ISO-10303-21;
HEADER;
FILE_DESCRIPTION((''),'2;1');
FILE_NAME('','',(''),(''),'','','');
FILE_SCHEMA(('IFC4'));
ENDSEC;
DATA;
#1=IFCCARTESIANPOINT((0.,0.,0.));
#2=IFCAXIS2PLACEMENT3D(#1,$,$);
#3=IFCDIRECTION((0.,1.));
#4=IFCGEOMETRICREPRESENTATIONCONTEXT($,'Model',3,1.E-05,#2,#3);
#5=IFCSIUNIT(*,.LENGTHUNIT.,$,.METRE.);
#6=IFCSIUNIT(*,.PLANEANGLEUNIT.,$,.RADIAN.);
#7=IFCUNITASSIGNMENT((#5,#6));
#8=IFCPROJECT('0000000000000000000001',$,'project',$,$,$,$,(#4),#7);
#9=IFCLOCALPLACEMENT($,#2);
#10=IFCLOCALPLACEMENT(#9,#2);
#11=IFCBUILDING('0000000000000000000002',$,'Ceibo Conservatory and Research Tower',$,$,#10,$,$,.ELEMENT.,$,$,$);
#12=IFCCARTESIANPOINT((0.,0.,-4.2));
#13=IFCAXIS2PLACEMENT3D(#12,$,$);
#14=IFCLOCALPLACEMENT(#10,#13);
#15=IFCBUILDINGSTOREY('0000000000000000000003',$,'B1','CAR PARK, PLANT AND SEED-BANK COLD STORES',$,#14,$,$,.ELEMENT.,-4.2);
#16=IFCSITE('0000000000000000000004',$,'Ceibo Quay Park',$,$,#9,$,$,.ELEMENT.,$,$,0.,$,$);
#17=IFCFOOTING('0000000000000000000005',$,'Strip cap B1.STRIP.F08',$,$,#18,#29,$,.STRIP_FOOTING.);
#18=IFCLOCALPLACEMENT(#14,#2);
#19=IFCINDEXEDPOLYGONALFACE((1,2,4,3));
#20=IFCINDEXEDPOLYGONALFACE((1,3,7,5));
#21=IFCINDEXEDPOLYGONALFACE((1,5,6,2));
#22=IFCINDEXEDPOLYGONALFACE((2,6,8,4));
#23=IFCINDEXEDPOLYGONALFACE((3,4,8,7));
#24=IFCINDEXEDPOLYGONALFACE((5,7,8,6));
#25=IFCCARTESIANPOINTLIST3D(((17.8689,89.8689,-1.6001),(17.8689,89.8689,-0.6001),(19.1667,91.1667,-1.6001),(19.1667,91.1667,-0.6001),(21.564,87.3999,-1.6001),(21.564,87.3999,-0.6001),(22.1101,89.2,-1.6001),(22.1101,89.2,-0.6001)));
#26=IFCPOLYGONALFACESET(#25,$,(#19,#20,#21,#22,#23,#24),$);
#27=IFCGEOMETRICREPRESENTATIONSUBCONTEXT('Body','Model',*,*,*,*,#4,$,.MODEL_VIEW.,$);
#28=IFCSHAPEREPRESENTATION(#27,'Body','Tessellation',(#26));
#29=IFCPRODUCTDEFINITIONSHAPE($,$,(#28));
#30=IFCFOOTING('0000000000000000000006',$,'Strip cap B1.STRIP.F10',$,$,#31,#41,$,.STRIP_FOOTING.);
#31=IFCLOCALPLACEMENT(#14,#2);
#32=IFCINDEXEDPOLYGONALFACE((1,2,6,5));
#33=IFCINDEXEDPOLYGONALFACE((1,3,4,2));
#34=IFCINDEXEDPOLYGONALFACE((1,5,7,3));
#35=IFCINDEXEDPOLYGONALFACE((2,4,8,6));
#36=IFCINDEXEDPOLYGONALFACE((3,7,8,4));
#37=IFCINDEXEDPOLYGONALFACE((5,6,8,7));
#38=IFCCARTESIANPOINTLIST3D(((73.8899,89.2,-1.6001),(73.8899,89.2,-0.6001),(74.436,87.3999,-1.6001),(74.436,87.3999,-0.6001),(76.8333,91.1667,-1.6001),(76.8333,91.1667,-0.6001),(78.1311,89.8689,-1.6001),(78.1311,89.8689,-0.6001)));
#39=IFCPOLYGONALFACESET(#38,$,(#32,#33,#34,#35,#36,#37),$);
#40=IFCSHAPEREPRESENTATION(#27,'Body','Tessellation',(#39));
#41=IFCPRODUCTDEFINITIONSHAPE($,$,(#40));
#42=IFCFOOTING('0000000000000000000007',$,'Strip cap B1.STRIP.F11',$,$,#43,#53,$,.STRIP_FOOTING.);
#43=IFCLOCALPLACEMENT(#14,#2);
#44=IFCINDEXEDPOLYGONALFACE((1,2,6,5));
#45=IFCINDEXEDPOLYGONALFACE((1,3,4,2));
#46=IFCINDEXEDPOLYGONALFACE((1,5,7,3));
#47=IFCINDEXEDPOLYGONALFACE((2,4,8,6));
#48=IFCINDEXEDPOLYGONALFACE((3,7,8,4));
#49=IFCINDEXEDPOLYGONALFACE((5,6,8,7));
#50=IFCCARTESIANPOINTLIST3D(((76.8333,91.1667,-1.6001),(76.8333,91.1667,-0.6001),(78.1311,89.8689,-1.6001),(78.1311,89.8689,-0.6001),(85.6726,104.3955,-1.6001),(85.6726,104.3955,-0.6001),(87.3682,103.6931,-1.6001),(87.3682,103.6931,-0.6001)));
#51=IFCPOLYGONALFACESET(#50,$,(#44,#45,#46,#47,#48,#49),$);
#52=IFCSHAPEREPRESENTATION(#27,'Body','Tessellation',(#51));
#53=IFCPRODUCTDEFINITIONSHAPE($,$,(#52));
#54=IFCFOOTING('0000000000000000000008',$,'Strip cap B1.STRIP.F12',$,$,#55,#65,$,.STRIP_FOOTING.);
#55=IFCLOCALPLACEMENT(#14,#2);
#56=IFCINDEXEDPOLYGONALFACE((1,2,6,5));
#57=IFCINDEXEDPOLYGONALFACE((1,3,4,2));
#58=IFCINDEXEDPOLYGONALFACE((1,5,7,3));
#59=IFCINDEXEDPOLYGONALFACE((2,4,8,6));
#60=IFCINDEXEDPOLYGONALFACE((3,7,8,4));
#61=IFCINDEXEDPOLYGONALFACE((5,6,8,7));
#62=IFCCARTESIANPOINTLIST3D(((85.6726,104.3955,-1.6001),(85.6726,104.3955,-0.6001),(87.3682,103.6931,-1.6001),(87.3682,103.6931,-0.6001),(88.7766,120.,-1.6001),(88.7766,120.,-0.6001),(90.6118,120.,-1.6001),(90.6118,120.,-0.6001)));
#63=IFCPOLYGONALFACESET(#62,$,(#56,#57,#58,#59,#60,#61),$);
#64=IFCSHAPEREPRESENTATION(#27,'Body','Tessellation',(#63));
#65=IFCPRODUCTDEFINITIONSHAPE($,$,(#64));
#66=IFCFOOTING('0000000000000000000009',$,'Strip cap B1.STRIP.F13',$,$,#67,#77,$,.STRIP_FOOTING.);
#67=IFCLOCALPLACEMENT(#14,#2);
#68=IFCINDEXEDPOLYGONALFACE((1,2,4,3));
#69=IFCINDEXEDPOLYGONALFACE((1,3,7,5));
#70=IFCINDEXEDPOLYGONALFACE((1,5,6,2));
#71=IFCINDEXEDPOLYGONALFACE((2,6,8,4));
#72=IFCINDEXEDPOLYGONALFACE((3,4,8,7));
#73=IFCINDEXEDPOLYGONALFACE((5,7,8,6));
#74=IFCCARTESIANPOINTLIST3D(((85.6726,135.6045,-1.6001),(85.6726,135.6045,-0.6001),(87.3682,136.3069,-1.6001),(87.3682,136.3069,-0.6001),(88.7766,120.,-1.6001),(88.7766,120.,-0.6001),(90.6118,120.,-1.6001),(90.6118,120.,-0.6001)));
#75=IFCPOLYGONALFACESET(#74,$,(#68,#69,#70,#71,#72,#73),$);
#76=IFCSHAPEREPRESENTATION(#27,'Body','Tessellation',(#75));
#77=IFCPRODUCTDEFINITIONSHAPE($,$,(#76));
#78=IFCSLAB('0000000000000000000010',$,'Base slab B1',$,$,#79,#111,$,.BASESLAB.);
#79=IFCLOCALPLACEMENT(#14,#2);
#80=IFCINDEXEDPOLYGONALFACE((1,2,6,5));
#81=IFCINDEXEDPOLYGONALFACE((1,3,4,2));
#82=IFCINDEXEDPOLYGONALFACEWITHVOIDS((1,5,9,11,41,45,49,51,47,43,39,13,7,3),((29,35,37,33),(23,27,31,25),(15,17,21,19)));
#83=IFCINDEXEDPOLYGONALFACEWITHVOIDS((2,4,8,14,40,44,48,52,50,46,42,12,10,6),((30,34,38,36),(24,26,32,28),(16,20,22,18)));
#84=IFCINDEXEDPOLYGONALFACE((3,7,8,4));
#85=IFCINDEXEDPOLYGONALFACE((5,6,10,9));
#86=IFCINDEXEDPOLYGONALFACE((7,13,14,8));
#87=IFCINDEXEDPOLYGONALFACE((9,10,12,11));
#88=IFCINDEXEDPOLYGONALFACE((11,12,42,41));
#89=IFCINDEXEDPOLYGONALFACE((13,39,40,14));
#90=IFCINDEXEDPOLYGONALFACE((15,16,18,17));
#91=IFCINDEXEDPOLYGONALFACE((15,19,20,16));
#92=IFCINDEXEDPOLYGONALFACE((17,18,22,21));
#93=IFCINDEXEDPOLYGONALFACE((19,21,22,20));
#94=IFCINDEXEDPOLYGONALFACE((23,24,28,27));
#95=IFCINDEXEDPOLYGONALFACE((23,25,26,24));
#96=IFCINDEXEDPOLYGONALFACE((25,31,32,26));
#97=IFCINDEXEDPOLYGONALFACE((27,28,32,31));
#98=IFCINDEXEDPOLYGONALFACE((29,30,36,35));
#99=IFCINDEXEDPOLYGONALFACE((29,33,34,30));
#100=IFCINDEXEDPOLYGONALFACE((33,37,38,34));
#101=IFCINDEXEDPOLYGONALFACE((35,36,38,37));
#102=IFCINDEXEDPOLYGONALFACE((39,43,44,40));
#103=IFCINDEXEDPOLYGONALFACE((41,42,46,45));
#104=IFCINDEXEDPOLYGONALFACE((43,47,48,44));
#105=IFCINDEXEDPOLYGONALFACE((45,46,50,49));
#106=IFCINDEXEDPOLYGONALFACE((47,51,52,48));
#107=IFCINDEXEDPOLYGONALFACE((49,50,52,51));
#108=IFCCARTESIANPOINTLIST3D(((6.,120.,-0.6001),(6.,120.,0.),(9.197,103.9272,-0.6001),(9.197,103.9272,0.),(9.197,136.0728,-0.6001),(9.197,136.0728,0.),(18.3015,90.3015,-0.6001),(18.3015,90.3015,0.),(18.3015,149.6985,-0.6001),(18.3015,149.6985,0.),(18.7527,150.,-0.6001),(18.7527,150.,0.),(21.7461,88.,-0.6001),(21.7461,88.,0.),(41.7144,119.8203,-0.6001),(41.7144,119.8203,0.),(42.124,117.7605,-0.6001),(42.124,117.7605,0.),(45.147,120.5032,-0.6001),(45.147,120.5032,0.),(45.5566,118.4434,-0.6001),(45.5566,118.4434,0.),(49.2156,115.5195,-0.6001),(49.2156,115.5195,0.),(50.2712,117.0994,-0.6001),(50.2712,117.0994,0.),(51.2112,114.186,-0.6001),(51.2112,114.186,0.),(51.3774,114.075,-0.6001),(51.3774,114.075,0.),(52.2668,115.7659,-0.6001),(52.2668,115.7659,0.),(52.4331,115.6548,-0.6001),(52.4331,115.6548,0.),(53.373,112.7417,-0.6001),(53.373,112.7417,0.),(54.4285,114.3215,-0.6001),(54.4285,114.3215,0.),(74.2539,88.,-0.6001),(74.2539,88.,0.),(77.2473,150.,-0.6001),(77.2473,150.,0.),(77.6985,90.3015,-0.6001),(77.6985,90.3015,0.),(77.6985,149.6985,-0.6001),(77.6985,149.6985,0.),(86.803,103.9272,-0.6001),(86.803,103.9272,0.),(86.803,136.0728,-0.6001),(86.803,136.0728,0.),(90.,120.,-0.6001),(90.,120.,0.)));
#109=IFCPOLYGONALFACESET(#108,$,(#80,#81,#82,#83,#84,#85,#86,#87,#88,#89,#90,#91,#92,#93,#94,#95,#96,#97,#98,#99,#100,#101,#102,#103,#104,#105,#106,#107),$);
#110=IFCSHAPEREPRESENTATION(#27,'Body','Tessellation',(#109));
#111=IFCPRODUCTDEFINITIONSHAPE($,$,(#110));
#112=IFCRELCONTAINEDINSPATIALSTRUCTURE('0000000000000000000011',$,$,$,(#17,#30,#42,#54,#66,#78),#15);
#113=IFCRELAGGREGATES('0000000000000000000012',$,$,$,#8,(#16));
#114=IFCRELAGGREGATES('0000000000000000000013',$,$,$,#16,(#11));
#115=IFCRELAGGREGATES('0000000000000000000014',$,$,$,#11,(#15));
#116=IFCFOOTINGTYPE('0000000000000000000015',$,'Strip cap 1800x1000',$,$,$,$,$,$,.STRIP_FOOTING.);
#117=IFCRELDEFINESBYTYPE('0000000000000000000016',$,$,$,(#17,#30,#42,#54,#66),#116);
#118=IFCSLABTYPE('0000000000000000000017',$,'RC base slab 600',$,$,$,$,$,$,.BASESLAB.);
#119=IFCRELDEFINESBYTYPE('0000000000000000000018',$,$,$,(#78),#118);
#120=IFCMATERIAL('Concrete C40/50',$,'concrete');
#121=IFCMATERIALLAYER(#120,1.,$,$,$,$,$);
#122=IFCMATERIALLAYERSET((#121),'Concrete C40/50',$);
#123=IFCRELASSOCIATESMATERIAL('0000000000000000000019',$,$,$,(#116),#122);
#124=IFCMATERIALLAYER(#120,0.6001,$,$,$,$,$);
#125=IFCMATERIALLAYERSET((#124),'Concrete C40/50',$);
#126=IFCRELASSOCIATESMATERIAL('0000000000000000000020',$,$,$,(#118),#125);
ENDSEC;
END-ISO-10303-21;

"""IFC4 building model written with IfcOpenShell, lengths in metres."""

from ifc_helpers import new_model, si_unit, direction, frame, origin, place, context, subcontext, project, spatial, polyline, outline, extrude, material, layer, layer_set, type_object, element, save


model = new_model("IFC4")

# Units and contexts
model_context = context("Model", 3, precision=1e-05, world=origin(), true_north=direction((0.0, 1.0)))
body_context = subcontext(model_context, "Body", "Model", "MODEL_VIEW")
ifc_project = project(units=[si_unit("LENGTHUNIT", "METRE"), si_unit("PLANEANGLEUNIT", "RADIAN")], contexts=[model_context])

# Site, building, storey
site_placement = place(None, origin())
site = spatial("IfcSite", under=ifc_project, at=site_placement, Name="Ceibo Quay Park", CompositionType="ELEMENT", RefElevation=0.0)
building_placement = place(site_placement, origin())
building = spatial("IfcBuilding", under=site, at=building_placement, Name="Ceibo Conservatory and Research Tower", CompositionType="ELEMENT")
storey_placement = place(building_placement, frame((0.0, 0.0, -4.2)))
storey = spatial("IfcBuildingStorey", under=building, at=storey_placement, Name="B1", Description="CAR PARK, PLANT AND SEED-BANK COLD STORES", CompositionType="ELEMENT", Elevation=-4.2)

# Footings
ifc_material_1 = material(Name="Concrete C40/50", Category="concrete")
ifc_layer_1 = layer(ifc_material_1, 1.0)
ifc_layer_set_1 = layer_set([ifc_layer_1], Name="Concrete C40/50")
footing_type_1 = type_object("IfcFootingType", Name="Strip cap 1800x1000", PredefinedType="STRIP_FOOTING", material=ifc_layer_set_1)
footing_1_placement = place(storey_placement, frame((0.0, 0.0, -1.6001)))
element("IfcFooting", 1, at=footing_1_placement, inside=storey, type_object=footing_type_1, Name="Strip cap B1.STRIP.F08", PredefinedType="STRIP_FOOTING", context=body_context, shape_type="SweptSolid", body=[
    extrude(outline(polyline([(17.8689, 89.8689), (21.564, 87.3999), (22.1101, 89.2), (19.1667, 91.1667), (17.8689, 89.8689)])), origin(), (0.0, 0.0, 1.0), 1.0),
])
footing_2_placement = place(storey_placement, frame((0.0, 0.0, -1.6001)))
element("IfcFooting", 2, at=footing_2_placement, inside=storey, type_object=footing_type_1, Name="Strip cap B1.STRIP.F10", PredefinedType="STRIP_FOOTING", context=body_context, shape_type="SweptSolid", body=[
    extrude(outline(polyline([(74.436, 87.3999), (78.1311, 89.8689), (76.8333, 91.1667), (73.8899, 89.2), (74.436, 87.3999)])), origin(), (0.0, 0.0, 1.0), 1.0),
])
footing_3_placement = place(storey_placement, frame((0.0, 0.0, -1.6001)))
element("IfcFooting", 3, at=footing_3_placement, inside=storey, type_object=footing_type_1, Name="Strip cap B1.STRIP.F11", PredefinedType="STRIP_FOOTING", context=body_context, shape_type="SweptSolid", body=[
    extrude(outline(polyline([(78.1311, 89.8689), (87.3682, 103.6931), (85.6726, 104.3955), (76.8333, 91.1667), (78.1311, 89.8689)])), origin(), (0.0, 0.0, 1.0), 1.0),
])
footing_4_placement = place(storey_placement, frame((0.0, 0.0, -1.6001)))
element("IfcFooting", 4, at=footing_4_placement, inside=storey, type_object=footing_type_1, Name="Strip cap B1.STRIP.F12", PredefinedType="STRIP_FOOTING", context=body_context, shape_type="SweptSolid", body=[
    extrude(outline(polyline([(87.3682, 103.6931), (90.6118, 120.0), (88.7766, 120.0), (85.6726, 104.3955), (87.3682, 103.6931)])), origin(), (0.0, 0.0, 1.0), 1.0),
])
footing_5_placement = place(storey_placement, frame((0.0, 0.0, -1.6001)))
element("IfcFooting", 5, at=footing_5_placement, inside=storey, type_object=footing_type_1, Name="Strip cap B1.STRIP.F13", PredefinedType="STRIP_FOOTING", context=body_context, shape_type="SweptSolid", body=[
    extrude(outline(polyline([(90.6118, 120.0), (87.3682, 136.3069), (85.6726, 135.6045), (88.7766, 120.0), (90.6118, 120.0)])), origin(), (0.0, 0.0, 1.0), 1.0),
])

# Slab
ifc_layer_2 = layer(ifc_material_1, 0.6001)
ifc_layer_set_2 = layer_set([ifc_layer_2], Name="Concrete C40/50")
slab_type = type_object("IfcSlabType", Name="RC base slab 600", PredefinedType="BASESLAB", material=ifc_layer_set_2)
slab_placement = place(storey_placement, frame((0.0, 0.0, -0.6001)))
element("IfcSlab", 6, at=slab_placement, inside=storey, type_object=slab_type, Name="Base slab B1", PredefinedType="BASESLAB", context=body_context, shape_type="SweptSolid", body=[
    extrude(outline(polyline([(77.6985, 149.6985), (77.2473, 150.0), (18.7527, 150.0), (18.3015, 149.6985), (9.197, 136.0728), (6.0, 120.0), (9.197, 103.9272), (18.3015, 90.3015), (21.7461, 88.0), (74.2539, 88.0), (77.6985, 90.3015), (86.803, 103.9272), (90.0, 120.0), (86.803, 136.0728), (77.6985, 149.6985)]), holes=[polyline([(51.3774, 114.075), (53.373, 112.7417), (54.4285, 114.3215), (52.4331, 115.6548), (51.3774, 114.075)]), polyline([(50.2712, 117.0994), (49.2156, 115.5195), (51.2112, 114.186), (52.2668, 115.7659), (50.2712, 117.0994)]), polyline([(45.5566, 118.4434), (45.147, 120.5032), (41.7144, 119.8203), (42.124, 117.7605), (45.5566, 118.4434)])]), origin(), (0.0, 0.0, 1.0), 0.6001),
])

save(model, "model.ifc")
